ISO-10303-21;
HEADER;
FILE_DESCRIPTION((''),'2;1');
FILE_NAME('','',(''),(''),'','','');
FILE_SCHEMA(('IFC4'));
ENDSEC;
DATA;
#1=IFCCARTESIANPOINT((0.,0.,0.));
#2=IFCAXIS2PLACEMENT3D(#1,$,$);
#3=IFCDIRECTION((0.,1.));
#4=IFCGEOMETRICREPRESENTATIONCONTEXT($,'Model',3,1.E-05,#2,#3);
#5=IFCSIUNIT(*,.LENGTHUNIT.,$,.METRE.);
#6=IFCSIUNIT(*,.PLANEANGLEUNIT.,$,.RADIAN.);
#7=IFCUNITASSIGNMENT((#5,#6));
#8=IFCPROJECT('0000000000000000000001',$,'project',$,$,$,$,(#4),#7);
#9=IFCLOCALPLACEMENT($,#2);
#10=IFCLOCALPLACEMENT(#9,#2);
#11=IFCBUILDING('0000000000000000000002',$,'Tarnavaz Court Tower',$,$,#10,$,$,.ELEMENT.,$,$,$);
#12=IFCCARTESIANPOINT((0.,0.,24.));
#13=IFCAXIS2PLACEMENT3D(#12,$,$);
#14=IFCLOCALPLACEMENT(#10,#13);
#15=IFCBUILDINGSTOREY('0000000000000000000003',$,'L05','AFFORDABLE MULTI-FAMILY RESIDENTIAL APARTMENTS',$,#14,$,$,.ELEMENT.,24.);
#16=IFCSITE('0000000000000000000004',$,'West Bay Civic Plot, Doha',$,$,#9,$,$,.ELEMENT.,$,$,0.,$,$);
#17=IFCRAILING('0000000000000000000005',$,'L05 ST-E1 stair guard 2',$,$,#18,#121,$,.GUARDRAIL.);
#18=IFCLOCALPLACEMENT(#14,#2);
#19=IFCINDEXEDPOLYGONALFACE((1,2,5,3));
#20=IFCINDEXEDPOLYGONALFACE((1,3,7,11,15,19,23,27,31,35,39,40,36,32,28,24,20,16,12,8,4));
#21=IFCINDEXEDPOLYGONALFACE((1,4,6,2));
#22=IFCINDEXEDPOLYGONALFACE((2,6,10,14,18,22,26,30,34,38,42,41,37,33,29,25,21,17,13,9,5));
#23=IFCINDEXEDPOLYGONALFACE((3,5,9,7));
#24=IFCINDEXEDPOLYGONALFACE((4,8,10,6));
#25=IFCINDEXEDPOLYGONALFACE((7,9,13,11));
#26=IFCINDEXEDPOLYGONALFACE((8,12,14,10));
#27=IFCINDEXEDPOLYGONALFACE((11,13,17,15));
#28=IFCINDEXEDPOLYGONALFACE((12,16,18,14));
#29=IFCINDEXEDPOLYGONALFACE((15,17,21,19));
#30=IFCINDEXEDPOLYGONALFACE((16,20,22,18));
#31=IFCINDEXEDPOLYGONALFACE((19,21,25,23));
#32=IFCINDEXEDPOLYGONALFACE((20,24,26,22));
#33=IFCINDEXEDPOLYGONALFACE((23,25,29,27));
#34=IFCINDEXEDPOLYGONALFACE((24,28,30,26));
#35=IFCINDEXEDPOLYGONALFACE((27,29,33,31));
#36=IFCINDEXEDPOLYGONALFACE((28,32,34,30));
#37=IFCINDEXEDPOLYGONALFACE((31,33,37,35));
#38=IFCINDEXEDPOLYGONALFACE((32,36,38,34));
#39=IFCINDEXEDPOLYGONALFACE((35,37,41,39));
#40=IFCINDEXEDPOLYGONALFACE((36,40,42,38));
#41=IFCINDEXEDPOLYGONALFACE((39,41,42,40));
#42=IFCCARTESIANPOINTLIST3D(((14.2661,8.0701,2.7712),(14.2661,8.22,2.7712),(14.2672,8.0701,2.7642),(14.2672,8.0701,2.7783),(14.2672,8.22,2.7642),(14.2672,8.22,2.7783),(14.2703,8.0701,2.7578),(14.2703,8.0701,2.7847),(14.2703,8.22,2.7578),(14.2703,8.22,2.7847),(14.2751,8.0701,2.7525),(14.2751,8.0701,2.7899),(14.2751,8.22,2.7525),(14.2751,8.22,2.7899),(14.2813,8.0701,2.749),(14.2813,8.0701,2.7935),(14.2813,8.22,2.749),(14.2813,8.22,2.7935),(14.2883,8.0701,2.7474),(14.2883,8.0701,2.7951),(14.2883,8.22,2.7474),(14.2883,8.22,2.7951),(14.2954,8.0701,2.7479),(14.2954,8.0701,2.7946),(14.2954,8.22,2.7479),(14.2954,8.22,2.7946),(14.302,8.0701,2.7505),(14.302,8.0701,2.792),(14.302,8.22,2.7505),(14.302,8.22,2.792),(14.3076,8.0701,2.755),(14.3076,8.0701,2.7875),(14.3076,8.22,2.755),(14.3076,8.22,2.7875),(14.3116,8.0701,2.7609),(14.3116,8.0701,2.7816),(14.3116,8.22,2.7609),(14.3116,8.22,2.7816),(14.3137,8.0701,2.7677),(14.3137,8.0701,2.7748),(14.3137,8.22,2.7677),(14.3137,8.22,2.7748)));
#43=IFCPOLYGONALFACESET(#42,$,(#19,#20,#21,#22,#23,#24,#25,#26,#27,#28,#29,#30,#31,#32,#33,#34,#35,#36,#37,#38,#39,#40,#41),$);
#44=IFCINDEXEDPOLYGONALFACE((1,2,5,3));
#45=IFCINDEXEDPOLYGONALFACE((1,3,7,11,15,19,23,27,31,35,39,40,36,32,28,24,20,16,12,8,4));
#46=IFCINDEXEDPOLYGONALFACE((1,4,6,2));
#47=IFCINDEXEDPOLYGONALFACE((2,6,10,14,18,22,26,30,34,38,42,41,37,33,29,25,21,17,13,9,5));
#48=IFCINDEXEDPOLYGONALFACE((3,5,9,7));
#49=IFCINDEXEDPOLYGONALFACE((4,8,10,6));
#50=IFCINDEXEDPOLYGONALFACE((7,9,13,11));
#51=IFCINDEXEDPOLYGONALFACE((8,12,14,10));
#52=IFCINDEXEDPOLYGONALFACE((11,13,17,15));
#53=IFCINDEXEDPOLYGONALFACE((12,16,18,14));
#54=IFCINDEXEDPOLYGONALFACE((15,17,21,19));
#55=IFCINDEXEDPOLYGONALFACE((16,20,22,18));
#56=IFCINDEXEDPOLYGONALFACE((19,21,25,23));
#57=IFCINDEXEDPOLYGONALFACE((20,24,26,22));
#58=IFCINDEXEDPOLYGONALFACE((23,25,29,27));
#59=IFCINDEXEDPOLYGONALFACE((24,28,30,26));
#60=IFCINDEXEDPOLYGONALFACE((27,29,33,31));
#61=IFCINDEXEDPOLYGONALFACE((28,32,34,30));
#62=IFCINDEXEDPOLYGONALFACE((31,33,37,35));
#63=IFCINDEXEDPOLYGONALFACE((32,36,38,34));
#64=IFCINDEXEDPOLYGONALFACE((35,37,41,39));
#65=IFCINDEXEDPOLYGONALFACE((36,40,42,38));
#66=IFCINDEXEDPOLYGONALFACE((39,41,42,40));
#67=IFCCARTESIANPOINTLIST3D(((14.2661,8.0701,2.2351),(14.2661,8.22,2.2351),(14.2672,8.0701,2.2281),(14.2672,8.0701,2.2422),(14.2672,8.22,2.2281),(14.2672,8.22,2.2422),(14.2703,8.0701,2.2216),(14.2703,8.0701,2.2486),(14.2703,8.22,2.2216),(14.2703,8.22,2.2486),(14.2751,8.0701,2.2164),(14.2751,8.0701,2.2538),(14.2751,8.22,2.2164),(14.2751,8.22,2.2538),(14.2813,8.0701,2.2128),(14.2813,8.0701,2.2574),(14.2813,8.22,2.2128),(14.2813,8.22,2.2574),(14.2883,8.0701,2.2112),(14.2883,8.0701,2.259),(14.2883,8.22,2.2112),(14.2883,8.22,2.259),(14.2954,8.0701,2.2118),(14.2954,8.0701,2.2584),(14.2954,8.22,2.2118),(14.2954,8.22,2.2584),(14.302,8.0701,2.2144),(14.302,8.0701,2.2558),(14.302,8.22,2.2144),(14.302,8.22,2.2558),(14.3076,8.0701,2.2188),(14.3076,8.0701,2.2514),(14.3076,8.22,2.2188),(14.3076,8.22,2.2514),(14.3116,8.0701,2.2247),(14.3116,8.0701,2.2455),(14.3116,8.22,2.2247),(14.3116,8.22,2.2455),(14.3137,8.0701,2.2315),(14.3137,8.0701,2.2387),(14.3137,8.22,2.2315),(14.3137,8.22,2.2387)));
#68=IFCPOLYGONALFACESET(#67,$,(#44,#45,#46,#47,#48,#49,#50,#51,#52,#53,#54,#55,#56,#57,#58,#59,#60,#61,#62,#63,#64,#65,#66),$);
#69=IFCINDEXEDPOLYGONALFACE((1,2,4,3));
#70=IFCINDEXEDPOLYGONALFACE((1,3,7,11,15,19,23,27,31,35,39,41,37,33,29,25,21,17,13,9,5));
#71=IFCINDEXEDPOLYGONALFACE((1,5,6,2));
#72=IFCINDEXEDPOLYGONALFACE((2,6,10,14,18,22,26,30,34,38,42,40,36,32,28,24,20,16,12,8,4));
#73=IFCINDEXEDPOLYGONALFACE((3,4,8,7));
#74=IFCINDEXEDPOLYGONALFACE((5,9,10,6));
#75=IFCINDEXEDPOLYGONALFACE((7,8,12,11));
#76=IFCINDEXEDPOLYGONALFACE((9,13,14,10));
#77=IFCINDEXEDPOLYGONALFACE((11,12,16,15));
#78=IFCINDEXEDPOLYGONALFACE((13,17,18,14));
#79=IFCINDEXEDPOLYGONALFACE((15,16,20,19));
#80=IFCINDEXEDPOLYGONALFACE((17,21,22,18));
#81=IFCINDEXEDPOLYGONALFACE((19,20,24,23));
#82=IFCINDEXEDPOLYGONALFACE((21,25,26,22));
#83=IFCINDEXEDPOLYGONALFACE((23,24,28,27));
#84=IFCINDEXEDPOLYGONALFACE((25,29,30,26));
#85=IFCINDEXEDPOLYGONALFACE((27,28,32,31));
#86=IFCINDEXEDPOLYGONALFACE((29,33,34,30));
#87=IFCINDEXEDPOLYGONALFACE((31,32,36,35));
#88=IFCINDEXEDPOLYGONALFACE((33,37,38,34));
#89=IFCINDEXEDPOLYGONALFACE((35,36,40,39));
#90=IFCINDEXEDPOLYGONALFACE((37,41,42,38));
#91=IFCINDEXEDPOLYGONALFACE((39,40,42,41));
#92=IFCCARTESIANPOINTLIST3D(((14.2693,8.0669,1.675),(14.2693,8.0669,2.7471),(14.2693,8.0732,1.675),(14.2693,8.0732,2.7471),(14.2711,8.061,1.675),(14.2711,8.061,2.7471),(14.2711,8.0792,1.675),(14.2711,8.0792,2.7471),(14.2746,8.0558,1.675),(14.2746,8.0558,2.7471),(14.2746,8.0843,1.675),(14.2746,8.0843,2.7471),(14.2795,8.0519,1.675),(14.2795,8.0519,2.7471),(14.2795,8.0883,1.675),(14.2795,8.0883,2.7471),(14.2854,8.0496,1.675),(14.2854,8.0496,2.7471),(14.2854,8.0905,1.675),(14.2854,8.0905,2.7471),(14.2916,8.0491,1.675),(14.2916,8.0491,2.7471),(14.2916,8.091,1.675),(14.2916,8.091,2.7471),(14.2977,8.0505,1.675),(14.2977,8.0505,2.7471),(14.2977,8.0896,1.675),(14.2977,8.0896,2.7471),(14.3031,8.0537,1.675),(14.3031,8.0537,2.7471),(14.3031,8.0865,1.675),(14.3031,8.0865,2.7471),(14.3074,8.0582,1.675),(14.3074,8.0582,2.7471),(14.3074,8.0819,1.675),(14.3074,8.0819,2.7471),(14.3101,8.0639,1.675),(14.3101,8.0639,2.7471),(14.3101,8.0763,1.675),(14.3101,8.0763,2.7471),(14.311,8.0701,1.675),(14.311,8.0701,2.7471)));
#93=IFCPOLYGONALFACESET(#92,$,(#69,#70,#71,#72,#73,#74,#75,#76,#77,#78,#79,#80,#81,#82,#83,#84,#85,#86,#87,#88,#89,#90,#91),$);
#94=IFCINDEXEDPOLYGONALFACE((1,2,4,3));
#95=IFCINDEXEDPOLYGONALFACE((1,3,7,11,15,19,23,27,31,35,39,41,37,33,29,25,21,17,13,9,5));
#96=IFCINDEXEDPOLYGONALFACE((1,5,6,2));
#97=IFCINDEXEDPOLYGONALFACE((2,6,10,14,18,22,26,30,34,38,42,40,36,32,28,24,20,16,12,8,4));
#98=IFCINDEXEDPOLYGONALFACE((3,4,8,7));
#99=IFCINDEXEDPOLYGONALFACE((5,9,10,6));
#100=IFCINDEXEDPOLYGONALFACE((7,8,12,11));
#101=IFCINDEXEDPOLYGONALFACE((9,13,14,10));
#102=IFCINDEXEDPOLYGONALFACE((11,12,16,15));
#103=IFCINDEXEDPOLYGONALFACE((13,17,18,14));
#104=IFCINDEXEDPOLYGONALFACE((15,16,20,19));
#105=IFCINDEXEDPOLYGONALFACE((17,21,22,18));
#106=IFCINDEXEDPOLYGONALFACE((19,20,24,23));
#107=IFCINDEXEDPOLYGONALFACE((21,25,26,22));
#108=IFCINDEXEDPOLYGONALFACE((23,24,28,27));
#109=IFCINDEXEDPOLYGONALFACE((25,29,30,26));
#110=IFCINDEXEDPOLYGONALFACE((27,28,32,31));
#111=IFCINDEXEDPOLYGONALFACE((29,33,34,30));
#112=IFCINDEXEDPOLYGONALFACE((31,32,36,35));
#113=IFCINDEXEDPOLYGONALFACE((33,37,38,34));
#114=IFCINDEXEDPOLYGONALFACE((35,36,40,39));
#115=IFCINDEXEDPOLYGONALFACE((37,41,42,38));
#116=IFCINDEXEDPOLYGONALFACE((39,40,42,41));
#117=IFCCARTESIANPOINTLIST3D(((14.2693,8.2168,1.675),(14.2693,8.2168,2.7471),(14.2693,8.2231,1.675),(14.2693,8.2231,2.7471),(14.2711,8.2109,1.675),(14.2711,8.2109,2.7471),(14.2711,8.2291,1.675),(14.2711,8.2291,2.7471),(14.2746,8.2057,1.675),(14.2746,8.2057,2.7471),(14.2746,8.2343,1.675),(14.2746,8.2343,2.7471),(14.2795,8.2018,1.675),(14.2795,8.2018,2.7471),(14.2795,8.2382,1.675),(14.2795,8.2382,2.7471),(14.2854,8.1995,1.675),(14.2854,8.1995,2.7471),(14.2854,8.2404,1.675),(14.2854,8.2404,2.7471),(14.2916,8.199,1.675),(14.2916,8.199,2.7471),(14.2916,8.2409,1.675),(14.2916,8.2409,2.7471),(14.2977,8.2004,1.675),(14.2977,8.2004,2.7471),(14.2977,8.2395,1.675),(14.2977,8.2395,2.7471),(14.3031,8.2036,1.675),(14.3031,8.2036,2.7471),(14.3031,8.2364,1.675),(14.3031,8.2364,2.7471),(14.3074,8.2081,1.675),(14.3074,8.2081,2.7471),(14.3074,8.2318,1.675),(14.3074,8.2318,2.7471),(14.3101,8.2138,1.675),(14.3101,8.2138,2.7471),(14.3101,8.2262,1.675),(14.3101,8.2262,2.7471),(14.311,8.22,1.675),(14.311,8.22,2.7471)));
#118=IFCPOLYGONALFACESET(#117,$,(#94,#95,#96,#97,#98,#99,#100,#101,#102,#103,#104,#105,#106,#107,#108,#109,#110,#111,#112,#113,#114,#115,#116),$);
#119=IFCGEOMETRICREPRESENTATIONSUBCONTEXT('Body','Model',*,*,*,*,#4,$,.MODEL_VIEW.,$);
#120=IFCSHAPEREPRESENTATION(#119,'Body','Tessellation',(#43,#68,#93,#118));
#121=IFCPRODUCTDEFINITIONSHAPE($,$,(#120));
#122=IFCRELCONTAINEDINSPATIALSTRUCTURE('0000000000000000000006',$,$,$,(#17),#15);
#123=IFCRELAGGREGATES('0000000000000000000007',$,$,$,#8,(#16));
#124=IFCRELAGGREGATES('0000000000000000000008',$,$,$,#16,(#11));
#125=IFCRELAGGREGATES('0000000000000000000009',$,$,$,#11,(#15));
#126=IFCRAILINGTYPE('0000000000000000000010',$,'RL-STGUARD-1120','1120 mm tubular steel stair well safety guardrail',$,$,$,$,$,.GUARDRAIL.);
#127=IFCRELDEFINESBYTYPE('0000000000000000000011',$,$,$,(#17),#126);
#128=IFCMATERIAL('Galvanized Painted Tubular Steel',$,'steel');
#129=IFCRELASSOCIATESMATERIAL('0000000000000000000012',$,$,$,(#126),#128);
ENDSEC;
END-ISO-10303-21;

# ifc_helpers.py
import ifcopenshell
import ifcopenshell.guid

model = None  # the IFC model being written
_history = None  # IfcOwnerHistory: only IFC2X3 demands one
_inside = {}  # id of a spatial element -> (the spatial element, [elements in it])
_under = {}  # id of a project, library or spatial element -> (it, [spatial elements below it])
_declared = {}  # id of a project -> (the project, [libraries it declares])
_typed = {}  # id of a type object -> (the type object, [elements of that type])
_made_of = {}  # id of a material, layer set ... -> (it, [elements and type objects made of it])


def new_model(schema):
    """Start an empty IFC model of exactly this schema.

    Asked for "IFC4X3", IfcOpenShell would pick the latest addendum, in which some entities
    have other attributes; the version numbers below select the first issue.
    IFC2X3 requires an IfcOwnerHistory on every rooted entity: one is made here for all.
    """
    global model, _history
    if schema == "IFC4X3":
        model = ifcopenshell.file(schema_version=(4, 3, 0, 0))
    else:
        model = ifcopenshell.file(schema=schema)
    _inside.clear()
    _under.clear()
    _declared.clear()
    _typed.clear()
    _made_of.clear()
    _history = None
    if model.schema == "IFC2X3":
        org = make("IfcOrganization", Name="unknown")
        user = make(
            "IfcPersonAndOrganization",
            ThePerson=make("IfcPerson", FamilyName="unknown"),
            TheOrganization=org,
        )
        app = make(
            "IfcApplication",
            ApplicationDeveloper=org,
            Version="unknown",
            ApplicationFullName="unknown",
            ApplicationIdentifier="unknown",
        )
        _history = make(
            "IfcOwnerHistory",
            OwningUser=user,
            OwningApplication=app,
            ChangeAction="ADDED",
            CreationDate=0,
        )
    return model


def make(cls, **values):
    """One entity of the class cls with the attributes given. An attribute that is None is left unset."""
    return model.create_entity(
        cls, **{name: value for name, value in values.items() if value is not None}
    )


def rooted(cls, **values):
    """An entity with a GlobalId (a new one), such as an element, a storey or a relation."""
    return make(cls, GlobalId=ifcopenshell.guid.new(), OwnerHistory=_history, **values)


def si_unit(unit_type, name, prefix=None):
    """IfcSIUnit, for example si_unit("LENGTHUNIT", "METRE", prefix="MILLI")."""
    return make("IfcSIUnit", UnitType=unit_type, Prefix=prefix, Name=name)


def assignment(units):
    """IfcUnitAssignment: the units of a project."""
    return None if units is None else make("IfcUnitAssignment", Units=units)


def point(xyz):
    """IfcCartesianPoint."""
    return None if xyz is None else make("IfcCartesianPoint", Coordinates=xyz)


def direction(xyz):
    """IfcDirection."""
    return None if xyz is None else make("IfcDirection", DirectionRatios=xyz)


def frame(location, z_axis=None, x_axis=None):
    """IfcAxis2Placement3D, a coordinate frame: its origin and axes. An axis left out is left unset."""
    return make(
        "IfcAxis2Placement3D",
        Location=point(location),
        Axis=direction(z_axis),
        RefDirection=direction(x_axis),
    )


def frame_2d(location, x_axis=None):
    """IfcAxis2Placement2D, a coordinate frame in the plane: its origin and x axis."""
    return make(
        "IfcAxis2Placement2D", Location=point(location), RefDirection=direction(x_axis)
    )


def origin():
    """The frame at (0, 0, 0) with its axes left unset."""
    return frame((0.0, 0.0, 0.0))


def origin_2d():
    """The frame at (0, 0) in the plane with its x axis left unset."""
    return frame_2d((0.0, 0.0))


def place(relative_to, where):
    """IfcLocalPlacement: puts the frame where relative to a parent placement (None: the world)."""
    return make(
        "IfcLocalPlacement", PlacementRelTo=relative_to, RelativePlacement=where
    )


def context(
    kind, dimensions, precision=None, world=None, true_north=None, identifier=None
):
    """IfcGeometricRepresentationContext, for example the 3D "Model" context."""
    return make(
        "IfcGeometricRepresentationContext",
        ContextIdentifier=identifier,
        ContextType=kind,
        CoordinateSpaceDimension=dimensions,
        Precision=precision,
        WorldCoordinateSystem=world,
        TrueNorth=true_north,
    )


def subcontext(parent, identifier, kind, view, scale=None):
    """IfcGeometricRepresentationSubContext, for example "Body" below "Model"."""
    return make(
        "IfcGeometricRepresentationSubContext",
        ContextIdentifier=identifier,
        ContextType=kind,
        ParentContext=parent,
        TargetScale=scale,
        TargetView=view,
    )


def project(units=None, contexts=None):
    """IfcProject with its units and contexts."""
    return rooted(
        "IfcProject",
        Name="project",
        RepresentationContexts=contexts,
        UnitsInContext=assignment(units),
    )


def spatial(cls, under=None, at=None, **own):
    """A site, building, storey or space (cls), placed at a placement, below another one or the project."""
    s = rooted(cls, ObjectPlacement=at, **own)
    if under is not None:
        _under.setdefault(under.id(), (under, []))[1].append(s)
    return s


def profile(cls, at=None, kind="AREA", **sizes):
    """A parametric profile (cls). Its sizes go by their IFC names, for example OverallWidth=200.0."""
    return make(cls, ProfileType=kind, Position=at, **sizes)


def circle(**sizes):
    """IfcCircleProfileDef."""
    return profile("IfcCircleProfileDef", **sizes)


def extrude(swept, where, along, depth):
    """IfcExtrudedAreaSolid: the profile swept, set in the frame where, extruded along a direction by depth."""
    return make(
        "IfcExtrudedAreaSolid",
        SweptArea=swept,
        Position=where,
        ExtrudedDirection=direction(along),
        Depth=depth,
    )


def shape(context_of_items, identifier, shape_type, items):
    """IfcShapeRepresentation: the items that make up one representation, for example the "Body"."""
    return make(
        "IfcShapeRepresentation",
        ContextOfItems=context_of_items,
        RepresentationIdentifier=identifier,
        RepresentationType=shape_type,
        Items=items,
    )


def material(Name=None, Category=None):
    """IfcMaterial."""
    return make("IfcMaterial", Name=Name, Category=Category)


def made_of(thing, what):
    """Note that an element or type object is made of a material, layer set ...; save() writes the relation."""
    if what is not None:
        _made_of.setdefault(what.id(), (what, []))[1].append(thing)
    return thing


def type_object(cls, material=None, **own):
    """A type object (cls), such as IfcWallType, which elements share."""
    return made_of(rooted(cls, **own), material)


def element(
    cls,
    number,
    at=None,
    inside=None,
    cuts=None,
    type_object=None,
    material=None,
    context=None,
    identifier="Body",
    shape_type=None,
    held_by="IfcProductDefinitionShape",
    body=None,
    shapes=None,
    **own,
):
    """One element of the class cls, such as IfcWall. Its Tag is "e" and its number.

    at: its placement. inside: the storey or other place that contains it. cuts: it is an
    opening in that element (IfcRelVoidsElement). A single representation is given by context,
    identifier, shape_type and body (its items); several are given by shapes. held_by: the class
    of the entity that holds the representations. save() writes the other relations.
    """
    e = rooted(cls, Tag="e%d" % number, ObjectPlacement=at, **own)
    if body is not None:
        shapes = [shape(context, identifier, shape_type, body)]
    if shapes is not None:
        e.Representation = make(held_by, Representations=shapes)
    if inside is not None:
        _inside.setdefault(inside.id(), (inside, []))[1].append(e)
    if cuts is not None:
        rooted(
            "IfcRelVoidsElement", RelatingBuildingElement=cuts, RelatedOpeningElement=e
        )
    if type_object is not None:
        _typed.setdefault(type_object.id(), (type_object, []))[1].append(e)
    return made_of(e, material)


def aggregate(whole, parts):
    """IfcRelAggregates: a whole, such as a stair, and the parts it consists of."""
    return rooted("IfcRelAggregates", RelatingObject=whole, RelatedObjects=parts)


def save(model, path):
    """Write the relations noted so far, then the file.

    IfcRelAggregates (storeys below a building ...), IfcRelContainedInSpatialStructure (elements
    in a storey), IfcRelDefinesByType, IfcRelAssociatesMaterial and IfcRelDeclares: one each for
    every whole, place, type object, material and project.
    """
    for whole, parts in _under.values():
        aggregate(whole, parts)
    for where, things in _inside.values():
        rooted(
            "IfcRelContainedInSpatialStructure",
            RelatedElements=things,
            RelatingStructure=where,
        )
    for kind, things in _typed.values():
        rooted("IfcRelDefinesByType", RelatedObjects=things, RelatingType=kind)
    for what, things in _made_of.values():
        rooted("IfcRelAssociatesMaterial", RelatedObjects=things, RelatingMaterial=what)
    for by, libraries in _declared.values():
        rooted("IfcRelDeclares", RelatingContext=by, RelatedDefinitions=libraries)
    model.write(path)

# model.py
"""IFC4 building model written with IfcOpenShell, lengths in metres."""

from ifc_helpers import new_model, si_unit, direction, frame, origin, origin_2d, place, context, subcontext, project, spatial, circle, extrude, material, type_object, element, save


model = new_model("IFC4")

# Units and contexts
model_context = context("Model", 3, precision=1e-05, world=origin(), true_north=direction((0.0, 1.0)))
body_context = subcontext(model_context, "Body", "Model", "MODEL_VIEW")
ifc_project = project(units=[si_unit("LENGTHUNIT", "METRE"), si_unit("PLANEANGLEUNIT", "RADIAN")], contexts=[model_context])

# Site, building, storey
site_placement = place(None, origin())
site = spatial("IfcSite", under=ifc_project, at=site_placement, Name="West Bay Civic Plot, Doha", CompositionType="ELEMENT", RefElevation=0.0)
building_placement = place(site_placement, origin())
building = spatial("IfcBuilding", under=site, at=building_placement, Name="Tarnavaz Court Tower", CompositionType="ELEMENT")
storey_placement = place(building_placement, frame((0.0, 0.0, 24.0)))
storey = spatial("IfcBuildingStorey", under=building, at=storey_placement, Name="L05", Description="AFFORDABLE MULTI-FAMILY RESIDENTIAL APARTMENTS", CompositionType="ELEMENT", Elevation=24.0)

# Railing
ifc_material_1 = material(Name="Galvanized Painted Tubular Steel", Category="steel")
railing_type_1 = type_object("IfcRailingType", Name="RL-STGUARD-1120", Description="1120 mm tubular steel stair well safety guardrail", PredefinedType="GUARDRAIL", material=ifc_material_1)
railing_1_placement = place(storey_placement, frame((14.29, 8.0701, 1.675)))
element("IfcRailing", 1, at=railing_1_placement, inside=storey, type_object=railing_type_1, Name="L05 ST-E1 stair guard 2", PredefinedType="GUARDRAIL", context=body_context, shape_type="SweptSolid", body=[
    extrude(circle(Radius=0.0239, at=origin_2d()), frame((0.0, 0.0, 1.0962), z_axis=(0.0, 1.0, 0.0), x_axis=(-1.0, 0.0, 0.0)), (0.0, 0.0, 1.0), 0.1499),
    extrude(circle(Radius=0.0239, at=origin_2d()), frame((0.0, 0.0, 0.5601), z_axis=(0.0, 1.0, 0.0), x_axis=(-1.0, 0.0, 0.0)), (0.0, 0.0, 1.0), 0.1499),
    extrude(circle(Radius=0.021, at=origin_2d()), origin(), (0.0, 0.0, 1.0), 1.072),
    extrude(circle(Radius=0.021, at=origin_2d()), frame((0.0, 0.1499, 0.0)), (0.0, 0.0, 1.0), 1.072),
])

save(model, "model.ifc")
